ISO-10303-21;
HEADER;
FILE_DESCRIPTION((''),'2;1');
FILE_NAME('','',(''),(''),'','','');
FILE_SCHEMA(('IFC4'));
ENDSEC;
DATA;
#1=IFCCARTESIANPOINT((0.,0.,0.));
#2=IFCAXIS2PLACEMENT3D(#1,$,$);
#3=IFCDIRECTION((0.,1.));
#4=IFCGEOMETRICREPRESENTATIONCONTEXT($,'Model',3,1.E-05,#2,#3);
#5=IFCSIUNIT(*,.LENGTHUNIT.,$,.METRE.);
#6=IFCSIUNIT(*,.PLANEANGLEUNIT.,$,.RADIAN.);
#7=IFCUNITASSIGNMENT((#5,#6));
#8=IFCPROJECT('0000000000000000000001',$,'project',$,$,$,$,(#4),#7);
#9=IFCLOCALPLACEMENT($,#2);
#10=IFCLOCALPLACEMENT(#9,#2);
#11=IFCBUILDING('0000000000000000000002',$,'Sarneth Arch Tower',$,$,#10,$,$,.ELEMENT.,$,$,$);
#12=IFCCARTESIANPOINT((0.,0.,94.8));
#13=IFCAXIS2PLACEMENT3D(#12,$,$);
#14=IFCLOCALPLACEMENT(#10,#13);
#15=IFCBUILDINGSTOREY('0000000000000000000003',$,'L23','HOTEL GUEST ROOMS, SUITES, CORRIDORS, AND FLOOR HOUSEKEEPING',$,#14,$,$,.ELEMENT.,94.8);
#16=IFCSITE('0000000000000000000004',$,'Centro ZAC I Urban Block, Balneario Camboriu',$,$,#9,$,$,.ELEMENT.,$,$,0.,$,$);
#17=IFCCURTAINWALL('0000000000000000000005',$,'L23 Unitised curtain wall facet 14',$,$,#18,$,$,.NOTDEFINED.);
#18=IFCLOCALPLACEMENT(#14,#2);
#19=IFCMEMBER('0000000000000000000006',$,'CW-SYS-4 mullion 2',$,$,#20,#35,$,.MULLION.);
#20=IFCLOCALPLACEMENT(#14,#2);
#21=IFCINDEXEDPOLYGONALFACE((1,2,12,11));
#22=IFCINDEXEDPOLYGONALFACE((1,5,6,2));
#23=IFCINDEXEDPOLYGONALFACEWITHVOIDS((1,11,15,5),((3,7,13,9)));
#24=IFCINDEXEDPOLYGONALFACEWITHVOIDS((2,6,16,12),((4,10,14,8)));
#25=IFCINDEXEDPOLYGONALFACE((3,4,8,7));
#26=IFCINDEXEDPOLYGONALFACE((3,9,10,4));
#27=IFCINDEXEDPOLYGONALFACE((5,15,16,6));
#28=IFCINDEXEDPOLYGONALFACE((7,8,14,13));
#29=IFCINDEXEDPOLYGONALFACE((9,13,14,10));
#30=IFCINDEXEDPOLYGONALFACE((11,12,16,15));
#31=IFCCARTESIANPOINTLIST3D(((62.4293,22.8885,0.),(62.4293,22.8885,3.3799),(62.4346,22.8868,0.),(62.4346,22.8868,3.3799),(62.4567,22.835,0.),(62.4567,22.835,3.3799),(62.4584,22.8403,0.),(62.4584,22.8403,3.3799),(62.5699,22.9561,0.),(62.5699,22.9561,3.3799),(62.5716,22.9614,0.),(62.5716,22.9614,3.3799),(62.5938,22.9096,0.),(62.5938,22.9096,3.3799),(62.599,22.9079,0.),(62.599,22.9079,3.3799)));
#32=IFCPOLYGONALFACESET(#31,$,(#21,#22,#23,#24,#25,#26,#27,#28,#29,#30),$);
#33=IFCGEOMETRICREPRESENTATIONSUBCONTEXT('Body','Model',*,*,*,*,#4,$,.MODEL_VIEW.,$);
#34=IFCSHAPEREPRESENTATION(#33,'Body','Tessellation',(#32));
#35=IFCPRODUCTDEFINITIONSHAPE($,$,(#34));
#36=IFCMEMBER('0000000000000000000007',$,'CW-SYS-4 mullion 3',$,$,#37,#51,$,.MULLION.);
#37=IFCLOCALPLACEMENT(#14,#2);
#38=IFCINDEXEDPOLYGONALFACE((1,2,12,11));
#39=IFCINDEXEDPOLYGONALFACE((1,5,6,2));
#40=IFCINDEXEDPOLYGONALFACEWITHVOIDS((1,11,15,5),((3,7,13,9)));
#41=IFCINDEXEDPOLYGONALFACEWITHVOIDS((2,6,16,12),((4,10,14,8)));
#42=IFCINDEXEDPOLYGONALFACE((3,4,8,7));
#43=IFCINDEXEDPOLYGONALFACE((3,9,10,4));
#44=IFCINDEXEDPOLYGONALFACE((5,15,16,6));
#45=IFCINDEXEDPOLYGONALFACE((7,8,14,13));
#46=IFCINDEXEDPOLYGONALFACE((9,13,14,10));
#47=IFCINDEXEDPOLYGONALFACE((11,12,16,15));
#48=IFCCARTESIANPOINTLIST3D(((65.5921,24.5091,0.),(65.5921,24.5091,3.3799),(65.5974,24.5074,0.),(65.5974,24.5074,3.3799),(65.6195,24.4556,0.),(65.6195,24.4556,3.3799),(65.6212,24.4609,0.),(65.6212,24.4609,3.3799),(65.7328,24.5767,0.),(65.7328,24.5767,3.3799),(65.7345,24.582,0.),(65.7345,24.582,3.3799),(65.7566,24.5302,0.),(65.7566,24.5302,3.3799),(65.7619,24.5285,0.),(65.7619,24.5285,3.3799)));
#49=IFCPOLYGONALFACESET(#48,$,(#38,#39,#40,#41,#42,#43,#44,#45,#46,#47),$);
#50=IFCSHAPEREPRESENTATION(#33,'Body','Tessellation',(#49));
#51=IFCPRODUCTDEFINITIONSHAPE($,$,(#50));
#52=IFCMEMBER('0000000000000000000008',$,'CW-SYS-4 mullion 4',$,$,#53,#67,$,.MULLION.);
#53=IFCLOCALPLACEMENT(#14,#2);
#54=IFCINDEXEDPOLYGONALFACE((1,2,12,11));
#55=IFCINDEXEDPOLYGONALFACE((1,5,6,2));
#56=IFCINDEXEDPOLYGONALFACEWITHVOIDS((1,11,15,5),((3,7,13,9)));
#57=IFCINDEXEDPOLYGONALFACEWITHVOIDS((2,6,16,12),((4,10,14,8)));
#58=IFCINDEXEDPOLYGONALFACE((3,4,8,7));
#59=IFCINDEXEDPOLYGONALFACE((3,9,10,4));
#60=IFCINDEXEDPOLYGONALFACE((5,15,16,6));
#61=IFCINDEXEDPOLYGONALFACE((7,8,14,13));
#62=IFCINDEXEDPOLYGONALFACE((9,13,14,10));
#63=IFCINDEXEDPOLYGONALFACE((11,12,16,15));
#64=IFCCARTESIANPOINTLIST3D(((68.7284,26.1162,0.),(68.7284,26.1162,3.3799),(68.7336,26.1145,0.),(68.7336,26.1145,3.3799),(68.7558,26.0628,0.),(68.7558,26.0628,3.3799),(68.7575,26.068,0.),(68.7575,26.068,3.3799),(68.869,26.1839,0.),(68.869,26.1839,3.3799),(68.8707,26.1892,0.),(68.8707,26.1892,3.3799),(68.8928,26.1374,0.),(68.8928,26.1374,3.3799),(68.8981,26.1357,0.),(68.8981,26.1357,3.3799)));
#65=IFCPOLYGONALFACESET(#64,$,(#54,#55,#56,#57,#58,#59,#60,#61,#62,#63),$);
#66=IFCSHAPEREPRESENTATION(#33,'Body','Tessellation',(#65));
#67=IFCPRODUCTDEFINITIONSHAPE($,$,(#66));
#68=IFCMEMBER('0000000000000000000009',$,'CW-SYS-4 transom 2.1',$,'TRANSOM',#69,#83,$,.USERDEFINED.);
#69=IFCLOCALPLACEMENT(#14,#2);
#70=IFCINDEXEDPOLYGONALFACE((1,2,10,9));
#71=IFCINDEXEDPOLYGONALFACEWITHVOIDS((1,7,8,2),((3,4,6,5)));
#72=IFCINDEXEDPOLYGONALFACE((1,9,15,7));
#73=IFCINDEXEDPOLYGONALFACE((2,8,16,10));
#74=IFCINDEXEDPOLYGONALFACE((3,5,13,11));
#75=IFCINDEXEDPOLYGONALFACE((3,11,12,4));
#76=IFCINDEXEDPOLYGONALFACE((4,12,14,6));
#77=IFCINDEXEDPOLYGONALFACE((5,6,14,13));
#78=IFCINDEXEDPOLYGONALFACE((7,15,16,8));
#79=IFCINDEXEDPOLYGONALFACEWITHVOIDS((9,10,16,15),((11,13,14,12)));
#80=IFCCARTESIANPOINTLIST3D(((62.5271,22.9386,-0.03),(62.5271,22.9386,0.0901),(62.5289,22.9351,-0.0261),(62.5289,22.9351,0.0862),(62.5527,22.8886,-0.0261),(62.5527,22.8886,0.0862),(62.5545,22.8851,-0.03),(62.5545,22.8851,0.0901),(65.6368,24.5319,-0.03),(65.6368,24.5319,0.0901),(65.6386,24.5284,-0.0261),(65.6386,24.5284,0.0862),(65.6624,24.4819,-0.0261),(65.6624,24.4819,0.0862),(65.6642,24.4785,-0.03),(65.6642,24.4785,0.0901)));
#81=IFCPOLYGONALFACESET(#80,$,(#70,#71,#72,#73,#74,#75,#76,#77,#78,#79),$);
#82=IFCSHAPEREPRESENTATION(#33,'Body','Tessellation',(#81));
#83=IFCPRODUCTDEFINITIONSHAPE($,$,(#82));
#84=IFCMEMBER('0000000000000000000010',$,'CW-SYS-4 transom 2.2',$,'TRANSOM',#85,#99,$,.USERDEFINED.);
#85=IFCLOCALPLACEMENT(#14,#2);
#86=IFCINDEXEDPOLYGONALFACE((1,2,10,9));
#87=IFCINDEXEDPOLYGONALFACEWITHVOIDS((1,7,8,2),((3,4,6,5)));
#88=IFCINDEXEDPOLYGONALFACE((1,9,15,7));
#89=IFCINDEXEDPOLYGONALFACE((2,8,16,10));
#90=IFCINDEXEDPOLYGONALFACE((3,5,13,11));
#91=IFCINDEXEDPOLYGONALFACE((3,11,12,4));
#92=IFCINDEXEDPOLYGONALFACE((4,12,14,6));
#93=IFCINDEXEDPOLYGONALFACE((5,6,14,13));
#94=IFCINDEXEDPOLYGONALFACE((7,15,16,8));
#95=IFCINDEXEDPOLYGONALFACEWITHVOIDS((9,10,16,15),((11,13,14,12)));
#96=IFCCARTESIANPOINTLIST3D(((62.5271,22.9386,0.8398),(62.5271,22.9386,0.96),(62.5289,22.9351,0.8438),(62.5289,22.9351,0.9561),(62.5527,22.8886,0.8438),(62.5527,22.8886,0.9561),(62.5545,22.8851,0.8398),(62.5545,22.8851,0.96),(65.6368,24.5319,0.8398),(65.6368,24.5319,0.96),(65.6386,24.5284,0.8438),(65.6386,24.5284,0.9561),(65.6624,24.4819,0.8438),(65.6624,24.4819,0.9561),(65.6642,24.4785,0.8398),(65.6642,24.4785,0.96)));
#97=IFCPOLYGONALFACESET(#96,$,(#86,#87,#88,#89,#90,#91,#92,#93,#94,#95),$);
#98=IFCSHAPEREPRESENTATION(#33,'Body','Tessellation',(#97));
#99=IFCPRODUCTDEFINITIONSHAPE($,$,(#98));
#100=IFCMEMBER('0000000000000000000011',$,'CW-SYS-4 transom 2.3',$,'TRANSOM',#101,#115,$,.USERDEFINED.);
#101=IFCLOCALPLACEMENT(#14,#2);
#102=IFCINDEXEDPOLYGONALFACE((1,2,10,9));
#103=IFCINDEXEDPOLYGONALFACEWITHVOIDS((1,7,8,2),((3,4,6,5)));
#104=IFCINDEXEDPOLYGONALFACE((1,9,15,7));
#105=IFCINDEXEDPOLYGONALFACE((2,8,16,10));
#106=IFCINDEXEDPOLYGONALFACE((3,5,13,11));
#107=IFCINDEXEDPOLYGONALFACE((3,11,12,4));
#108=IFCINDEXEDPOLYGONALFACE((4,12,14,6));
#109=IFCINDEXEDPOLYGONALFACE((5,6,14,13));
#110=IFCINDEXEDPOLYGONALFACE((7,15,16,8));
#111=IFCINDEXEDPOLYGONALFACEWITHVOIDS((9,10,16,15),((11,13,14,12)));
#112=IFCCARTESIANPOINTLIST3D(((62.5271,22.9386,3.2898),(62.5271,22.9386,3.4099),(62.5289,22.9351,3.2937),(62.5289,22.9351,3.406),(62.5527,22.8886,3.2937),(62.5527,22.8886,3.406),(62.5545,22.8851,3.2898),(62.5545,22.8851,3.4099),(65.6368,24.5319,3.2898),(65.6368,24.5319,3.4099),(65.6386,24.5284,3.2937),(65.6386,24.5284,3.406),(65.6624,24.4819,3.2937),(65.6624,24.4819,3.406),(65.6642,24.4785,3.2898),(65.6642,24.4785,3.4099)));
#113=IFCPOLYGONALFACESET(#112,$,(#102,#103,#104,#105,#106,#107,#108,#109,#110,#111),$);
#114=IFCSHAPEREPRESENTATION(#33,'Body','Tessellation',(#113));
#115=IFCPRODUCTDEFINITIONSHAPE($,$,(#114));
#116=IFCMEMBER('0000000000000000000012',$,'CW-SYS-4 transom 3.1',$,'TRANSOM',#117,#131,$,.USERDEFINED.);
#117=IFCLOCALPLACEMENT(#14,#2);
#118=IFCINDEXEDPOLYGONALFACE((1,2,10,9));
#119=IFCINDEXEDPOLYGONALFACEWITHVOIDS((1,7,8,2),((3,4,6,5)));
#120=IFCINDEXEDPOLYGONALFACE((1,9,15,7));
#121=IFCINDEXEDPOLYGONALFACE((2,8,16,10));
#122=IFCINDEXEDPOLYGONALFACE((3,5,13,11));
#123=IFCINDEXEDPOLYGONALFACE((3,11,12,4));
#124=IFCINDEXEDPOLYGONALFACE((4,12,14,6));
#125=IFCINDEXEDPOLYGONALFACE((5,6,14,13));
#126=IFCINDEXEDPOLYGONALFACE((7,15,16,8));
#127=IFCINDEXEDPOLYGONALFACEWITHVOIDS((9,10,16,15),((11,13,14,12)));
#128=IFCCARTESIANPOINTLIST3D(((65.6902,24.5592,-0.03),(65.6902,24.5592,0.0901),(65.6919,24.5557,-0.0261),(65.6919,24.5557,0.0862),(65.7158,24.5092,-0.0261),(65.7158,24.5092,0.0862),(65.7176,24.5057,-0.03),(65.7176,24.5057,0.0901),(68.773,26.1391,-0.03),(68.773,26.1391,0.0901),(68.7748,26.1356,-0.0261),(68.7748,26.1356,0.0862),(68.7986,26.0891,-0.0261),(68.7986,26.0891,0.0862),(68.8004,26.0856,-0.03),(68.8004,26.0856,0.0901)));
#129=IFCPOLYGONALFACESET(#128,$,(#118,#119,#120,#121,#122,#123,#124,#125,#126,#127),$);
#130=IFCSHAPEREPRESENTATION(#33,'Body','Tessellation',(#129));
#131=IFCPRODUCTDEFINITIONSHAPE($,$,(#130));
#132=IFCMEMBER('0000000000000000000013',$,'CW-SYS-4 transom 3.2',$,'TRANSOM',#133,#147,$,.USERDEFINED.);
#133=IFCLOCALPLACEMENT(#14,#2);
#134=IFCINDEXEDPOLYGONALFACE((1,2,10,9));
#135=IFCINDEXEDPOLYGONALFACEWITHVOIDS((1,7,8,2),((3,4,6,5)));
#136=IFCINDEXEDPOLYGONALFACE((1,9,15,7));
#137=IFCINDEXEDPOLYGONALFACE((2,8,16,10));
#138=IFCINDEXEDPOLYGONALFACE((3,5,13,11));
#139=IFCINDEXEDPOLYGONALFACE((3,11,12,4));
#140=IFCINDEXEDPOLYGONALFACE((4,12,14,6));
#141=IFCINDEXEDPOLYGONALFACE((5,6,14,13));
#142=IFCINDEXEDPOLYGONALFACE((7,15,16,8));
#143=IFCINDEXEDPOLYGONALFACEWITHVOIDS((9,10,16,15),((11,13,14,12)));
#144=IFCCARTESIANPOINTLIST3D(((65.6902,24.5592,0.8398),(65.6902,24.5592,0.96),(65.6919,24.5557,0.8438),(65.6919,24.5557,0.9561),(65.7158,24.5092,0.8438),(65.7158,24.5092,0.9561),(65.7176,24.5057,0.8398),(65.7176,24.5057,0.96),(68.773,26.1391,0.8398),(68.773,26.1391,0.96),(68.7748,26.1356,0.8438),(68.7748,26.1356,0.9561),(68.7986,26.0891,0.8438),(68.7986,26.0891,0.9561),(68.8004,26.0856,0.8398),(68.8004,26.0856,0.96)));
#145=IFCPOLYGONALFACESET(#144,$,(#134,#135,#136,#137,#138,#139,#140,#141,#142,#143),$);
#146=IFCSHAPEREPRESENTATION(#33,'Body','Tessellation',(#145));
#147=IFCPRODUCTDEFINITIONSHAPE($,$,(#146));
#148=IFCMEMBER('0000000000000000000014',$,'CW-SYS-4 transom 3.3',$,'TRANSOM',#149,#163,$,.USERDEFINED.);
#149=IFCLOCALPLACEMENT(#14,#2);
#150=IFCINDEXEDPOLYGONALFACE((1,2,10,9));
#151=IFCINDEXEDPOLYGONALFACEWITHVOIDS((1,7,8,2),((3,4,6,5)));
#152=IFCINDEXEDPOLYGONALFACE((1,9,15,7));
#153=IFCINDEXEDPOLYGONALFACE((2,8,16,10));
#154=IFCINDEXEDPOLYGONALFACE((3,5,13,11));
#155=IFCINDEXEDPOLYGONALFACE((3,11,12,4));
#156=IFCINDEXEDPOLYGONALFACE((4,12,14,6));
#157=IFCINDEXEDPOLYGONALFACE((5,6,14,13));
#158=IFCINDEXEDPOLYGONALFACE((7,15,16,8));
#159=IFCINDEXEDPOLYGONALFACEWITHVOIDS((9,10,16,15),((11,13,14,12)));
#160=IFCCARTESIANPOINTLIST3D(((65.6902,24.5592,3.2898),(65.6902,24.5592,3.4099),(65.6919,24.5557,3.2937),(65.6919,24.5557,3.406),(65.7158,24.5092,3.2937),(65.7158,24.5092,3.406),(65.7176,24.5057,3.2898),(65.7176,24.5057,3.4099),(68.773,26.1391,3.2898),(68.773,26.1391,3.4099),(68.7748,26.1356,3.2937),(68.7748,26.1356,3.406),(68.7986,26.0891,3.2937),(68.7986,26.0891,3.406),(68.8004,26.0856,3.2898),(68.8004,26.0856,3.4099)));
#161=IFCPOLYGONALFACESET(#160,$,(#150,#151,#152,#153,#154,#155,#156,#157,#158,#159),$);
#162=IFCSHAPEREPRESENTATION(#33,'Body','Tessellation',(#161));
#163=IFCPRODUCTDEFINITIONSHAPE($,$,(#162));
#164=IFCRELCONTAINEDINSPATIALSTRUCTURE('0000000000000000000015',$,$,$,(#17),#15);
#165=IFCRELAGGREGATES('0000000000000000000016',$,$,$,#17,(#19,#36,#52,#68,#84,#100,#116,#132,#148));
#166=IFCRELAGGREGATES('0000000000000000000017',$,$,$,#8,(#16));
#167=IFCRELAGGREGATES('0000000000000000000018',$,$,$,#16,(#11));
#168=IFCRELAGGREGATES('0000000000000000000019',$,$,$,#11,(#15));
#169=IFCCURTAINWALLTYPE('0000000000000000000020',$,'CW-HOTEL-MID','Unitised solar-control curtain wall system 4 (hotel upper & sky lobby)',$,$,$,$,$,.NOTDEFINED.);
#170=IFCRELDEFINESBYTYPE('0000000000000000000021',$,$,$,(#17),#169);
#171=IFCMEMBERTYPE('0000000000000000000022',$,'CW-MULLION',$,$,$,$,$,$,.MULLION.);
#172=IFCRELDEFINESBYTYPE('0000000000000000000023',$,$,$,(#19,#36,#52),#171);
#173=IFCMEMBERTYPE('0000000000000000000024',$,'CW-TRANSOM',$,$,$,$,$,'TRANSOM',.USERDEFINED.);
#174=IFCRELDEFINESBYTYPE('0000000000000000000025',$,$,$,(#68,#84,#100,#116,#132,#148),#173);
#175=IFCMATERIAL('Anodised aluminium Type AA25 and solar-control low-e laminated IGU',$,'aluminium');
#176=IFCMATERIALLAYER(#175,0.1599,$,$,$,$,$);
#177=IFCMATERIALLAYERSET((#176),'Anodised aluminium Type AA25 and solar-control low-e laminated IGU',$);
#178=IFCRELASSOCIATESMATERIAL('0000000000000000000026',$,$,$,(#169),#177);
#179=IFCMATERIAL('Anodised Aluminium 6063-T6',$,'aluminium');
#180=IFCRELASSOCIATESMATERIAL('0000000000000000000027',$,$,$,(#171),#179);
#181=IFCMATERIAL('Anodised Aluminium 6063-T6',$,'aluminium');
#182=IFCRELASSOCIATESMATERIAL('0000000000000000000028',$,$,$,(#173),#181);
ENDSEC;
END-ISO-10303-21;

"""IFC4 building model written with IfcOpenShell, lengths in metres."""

from ifc_helpers import new_model, si_unit, direction, frame, origin, origin_2d, place, context, subcontext, project, spatial, hollow_rectangle, extrude, material, layer, layer_set, material_profile, profile_set, type_object, element, aggregate, save


model = new_model("IFC4")

# Units and contexts
model_context = context("Model", 3, precision=1e-05, world=origin(), true_north=direction((0.0, 1.0)))
body_context = subcontext(model_context, "Body", "Model", "MODEL_VIEW")
ifc_project = project(units=[si_unit("LENGTHUNIT", "METRE"), si_unit("PLANEANGLEUNIT", "RADIAN")], contexts=[model_context])

# Site, building, storey
site_placement = place(None, origin())
site = spatial("IfcSite", under=ifc_project, at=site_placement, Name="Centro ZAC I Urban Block, Balneario Camboriu", CompositionType="ELEMENT", RefElevation=0.0)
building_placement = place(site_placement, origin())
building = spatial("IfcBuilding", under=site, at=building_placement, Name="Sarneth Arch Tower", CompositionType="ELEMENT")
storey_placement = place(building_placement, frame((0.0, 0.0, 94.8)))
storey = spatial("IfcBuildingStorey", under=building, at=storey_placement, Name="L23", Description="HOTEL GUEST ROOMS, SUITES, CORRIDORS, AND FLOOR HOUSEKEEPING", CompositionType="ELEMENT", Elevation=94.8)

# Curtain wall, members
ifc_material_1 = material(Name="Anodised aluminium Type AA25 and solar-control low-e laminated IGU", Category="aluminium")
ifc_layer_1 = layer(ifc_material_1, 0.1599)
ifc_layer_set_1 = layer_set([ifc_layer_1], Name="Anodised aluminium Type AA25 and solar-control low-e laminated IGU")
curtain_wall_type = type_object("IfcCurtainWallType", Name="CW-HOTEL-MID", Description="Unitised solar-control curtain wall system 4 (hotel upper & sky lobby)", PredefinedType="NOTDEFINED", material=ifc_layer_set_1)
curtain_wall_placement = place(storey_placement, origin())
curtain_wall = element("IfcCurtainWall", 1, at=curtain_wall_placement, inside=storey, type_object=curtain_wall_type, Name="L23 Unitised curtain wall facet 14", PredefinedType="NOTDEFINED")
ifc_material_2 = material(Name="Anodised Aluminium 6063-T6", Category="aluminium")
ifc_material_profile_1 = material_profile(ifc_material_2, hollow_rectangle(XDim=0.0601, YDim=0.1599, WallThickness=0.0039, at=origin_2d()), Name="AL-MULL-160x60x4")
ifc_profile_set_1 = profile_set([ifc_material_profile_1], Name="Anodised Aluminium 6063-T6")
member_type_1 = type_object("IfcMemberType", Name="CW-MULLION", PredefinedType="MULLION", material=ifc_profile_set_1)
member_1_placement = place(storey_placement, frame((62.5142, 22.8982, 0.0), z_axis=(0.0, 0.0, 1.0), x_axis=(-0.456031, 0.889964, 0.0)))
member_1 = element("IfcMember", 2, at=member_1_placement, type_object=member_type_1, Name="CW-SYS-4 mullion 2", PredefinedType="MULLION", context=body_context, shape_type="SweptSolid", body=[
    extrude(hollow_rectangle(XDim=0.0601, YDim=0.1599, WallThickness=0.0039, at=origin_2d()), origin(), (0.0, 0.0, 1.0), 3.3799),
])
member_2_placement = place(storey_placement, frame((65.677, 24.5188, 0.0), z_axis=(0.0, 0.0, 1.0), x_axis=(-0.456031, 0.889964, 0.0)))
member_2 = element("IfcMember", 3, at=member_2_placement, type_object=member_type_1, Name="CW-SYS-4 mullion 3", PredefinedType="MULLION", context=body_context, shape_type="SweptSolid", body=[
    extrude(hollow_rectangle(XDim=0.0601, YDim=0.1599, WallThickness=0.0039, at=origin_2d()), origin(), (0.0, 0.0, 1.0), 3.3799),
])
member_3_placement = place(storey_placement, frame((68.8132, 26.126, 0.0), z_axis=(0.0, 0.0, 1.0), x_axis=(-0.456031, 0.889964, 0.0)))
member_3 = element("IfcMember", 4, at=member_3_placement, type_object=member_type_1, Name="CW-SYS-4 mullion 4", PredefinedType="MULLION", context=body_context, shape_type="SweptSolid", body=[
    extrude(hollow_rectangle(XDim=0.0601, YDim=0.1599, WallThickness=0.0039, at=origin_2d()), origin(), (0.0, 0.0, 1.0), 3.3799),
])
ifc_material_3 = material(Name="Anodised Aluminium 6063-T6", Category="aluminium")
ifc_material_profile_2 = material_profile(ifc_material_3, hollow_rectangle(XDim=0.0601, YDim=0.1201, WallThickness=0.0039, at=origin_2d()), Name="AL-TRAN-120x60x4")
ifc_profile_set_2 = profile_set([ifc_material_profile_2], Name="Anodised Aluminium 6063-T6")
member_type_2 = type_object("IfcMemberType", Name="CW-TRANSOM", ElementType="TRANSOM", PredefinedType="USERDEFINED", material=ifc_profile_set_2)
member_4_placement = place(storey_placement, frame((62.5408, 22.9119, 0.03), z_axis=(0.889982, 0.455996, 0.0), x_axis=(-0.455996, 0.889982, 0.0)))
member_4 = element("IfcMember", 5, at=member_4_placement, type_object=member_type_2, Name="CW-SYS-4 transom 2.1", ObjectType="TRANSOM", PredefinedType="USERDEFINED", context=body_context, shape_type="SweptSolid", body=[
    extrude(hollow_rectangle(XDim=0.0601, YDim=0.1201, WallThickness=0.0039, at=origin_2d()), origin(), (0.0, 0.0, 1.0), 3.4941),
])
member_5_placement = place(storey_placement, frame((62.5408, 22.9119, 0.8999), z_axis=(0.889982, 0.455996, 0.0), x_axis=(-0.455996, 0.889982, 0.0)))
member_5 = element("IfcMember", 6, at=member_5_placement, type_object=member_type_2, Name="CW-SYS-4 transom 2.2", ObjectType="TRANSOM", PredefinedType="USERDEFINED", context=body_context, shape_type="SweptSolid", body=[
    extrude(hollow_rectangle(XDim=0.0601, YDim=0.1201, WallThickness=0.0039, at=origin_2d()), origin(), (0.0, 0.0, 1.0), 3.4941),
])
member_6_placement = place(storey_placement, frame((62.5408, 22.9119, 3.3499), z_axis=(0.889982, 0.455996, 0.0), x_axis=(-0.455996, 0.889982, 0.0)))
member_6 = element("IfcMember", 7, at=member_6_placement, type_object=member_type_2, Name="CW-SYS-4 transom 2.3", ObjectType="TRANSOM", PredefinedType="USERDEFINED", context=body_context, shape_type="SweptSolid", body=[
    extrude(hollow_rectangle(XDim=0.0601, YDim=0.1201, WallThickness=0.0039, at=origin_2d()), origin(), (0.0, 0.0, 1.0), 3.4941),
])
member_7_placement = place(storey_placement, frame((65.7039, 24.5325, 0.03), z_axis=(0.889943, 0.456072, 0.0), x_axis=(-0.456072, 0.889943, 0.0)))
member_7 = element("IfcMember", 8, at=member_7_placement, type_object=member_type_2, Name="CW-SYS-4 transom 3.1", ObjectType="TRANSOM", PredefinedType="USERDEFINED", context=body_context, shape_type="SweptSolid", body=[
    extrude(hollow_rectangle(XDim=0.0601, YDim=0.1201, WallThickness=0.0039, at=origin_2d()), origin(), (0.0, 0.0, 1.0), 3.4641),
])
member_8_placement = place(storey_placement, frame((65.7039, 24.5325, 0.8999), z_axis=(0.889943, 0.456072, 0.0), x_axis=(-0.456072, 0.889943, 0.0)))
member_8 = element("IfcMember", 9, at=member_8_placement, type_object=member_type_2, Name="CW-SYS-4 transom 3.2", ObjectType="TRANSOM", PredefinedType="USERDEFINED", context=body_context, shape_type="SweptSolid", body=[
    extrude(hollow_rectangle(XDim=0.0601, YDim=0.1201, WallThickness=0.0039, at=origin_2d()), origin(), (0.0, 0.0, 1.0), 3.4641),
])
member_9_placement = place(storey_placement, frame((65.7039, 24.5325, 3.3499), z_axis=(0.889943, 0.456072, 0.0), x_axis=(-0.456072, 0.889943, 0.0)))
member_9 = element("IfcMember", 10, at=member_9_placement, type_object=member_type_2, Name="CW-SYS-4 transom 3.3", ObjectType="TRANSOM", PredefinedType="USERDEFINED", context=body_context, shape_type="SweptSolid", body=[
    extrude(hollow_rectangle(XDim=0.0601, YDim=0.1201, WallThickness=0.0039, at=origin_2d()), origin(), (0.0, 0.0, 1.0), 3.4641),
])

aggregate(curtain_wall, [member_1, member_2, member_3, member_4, member_5, member_6, member_7, member_8, member_9])

save(model, "model.ifc")
